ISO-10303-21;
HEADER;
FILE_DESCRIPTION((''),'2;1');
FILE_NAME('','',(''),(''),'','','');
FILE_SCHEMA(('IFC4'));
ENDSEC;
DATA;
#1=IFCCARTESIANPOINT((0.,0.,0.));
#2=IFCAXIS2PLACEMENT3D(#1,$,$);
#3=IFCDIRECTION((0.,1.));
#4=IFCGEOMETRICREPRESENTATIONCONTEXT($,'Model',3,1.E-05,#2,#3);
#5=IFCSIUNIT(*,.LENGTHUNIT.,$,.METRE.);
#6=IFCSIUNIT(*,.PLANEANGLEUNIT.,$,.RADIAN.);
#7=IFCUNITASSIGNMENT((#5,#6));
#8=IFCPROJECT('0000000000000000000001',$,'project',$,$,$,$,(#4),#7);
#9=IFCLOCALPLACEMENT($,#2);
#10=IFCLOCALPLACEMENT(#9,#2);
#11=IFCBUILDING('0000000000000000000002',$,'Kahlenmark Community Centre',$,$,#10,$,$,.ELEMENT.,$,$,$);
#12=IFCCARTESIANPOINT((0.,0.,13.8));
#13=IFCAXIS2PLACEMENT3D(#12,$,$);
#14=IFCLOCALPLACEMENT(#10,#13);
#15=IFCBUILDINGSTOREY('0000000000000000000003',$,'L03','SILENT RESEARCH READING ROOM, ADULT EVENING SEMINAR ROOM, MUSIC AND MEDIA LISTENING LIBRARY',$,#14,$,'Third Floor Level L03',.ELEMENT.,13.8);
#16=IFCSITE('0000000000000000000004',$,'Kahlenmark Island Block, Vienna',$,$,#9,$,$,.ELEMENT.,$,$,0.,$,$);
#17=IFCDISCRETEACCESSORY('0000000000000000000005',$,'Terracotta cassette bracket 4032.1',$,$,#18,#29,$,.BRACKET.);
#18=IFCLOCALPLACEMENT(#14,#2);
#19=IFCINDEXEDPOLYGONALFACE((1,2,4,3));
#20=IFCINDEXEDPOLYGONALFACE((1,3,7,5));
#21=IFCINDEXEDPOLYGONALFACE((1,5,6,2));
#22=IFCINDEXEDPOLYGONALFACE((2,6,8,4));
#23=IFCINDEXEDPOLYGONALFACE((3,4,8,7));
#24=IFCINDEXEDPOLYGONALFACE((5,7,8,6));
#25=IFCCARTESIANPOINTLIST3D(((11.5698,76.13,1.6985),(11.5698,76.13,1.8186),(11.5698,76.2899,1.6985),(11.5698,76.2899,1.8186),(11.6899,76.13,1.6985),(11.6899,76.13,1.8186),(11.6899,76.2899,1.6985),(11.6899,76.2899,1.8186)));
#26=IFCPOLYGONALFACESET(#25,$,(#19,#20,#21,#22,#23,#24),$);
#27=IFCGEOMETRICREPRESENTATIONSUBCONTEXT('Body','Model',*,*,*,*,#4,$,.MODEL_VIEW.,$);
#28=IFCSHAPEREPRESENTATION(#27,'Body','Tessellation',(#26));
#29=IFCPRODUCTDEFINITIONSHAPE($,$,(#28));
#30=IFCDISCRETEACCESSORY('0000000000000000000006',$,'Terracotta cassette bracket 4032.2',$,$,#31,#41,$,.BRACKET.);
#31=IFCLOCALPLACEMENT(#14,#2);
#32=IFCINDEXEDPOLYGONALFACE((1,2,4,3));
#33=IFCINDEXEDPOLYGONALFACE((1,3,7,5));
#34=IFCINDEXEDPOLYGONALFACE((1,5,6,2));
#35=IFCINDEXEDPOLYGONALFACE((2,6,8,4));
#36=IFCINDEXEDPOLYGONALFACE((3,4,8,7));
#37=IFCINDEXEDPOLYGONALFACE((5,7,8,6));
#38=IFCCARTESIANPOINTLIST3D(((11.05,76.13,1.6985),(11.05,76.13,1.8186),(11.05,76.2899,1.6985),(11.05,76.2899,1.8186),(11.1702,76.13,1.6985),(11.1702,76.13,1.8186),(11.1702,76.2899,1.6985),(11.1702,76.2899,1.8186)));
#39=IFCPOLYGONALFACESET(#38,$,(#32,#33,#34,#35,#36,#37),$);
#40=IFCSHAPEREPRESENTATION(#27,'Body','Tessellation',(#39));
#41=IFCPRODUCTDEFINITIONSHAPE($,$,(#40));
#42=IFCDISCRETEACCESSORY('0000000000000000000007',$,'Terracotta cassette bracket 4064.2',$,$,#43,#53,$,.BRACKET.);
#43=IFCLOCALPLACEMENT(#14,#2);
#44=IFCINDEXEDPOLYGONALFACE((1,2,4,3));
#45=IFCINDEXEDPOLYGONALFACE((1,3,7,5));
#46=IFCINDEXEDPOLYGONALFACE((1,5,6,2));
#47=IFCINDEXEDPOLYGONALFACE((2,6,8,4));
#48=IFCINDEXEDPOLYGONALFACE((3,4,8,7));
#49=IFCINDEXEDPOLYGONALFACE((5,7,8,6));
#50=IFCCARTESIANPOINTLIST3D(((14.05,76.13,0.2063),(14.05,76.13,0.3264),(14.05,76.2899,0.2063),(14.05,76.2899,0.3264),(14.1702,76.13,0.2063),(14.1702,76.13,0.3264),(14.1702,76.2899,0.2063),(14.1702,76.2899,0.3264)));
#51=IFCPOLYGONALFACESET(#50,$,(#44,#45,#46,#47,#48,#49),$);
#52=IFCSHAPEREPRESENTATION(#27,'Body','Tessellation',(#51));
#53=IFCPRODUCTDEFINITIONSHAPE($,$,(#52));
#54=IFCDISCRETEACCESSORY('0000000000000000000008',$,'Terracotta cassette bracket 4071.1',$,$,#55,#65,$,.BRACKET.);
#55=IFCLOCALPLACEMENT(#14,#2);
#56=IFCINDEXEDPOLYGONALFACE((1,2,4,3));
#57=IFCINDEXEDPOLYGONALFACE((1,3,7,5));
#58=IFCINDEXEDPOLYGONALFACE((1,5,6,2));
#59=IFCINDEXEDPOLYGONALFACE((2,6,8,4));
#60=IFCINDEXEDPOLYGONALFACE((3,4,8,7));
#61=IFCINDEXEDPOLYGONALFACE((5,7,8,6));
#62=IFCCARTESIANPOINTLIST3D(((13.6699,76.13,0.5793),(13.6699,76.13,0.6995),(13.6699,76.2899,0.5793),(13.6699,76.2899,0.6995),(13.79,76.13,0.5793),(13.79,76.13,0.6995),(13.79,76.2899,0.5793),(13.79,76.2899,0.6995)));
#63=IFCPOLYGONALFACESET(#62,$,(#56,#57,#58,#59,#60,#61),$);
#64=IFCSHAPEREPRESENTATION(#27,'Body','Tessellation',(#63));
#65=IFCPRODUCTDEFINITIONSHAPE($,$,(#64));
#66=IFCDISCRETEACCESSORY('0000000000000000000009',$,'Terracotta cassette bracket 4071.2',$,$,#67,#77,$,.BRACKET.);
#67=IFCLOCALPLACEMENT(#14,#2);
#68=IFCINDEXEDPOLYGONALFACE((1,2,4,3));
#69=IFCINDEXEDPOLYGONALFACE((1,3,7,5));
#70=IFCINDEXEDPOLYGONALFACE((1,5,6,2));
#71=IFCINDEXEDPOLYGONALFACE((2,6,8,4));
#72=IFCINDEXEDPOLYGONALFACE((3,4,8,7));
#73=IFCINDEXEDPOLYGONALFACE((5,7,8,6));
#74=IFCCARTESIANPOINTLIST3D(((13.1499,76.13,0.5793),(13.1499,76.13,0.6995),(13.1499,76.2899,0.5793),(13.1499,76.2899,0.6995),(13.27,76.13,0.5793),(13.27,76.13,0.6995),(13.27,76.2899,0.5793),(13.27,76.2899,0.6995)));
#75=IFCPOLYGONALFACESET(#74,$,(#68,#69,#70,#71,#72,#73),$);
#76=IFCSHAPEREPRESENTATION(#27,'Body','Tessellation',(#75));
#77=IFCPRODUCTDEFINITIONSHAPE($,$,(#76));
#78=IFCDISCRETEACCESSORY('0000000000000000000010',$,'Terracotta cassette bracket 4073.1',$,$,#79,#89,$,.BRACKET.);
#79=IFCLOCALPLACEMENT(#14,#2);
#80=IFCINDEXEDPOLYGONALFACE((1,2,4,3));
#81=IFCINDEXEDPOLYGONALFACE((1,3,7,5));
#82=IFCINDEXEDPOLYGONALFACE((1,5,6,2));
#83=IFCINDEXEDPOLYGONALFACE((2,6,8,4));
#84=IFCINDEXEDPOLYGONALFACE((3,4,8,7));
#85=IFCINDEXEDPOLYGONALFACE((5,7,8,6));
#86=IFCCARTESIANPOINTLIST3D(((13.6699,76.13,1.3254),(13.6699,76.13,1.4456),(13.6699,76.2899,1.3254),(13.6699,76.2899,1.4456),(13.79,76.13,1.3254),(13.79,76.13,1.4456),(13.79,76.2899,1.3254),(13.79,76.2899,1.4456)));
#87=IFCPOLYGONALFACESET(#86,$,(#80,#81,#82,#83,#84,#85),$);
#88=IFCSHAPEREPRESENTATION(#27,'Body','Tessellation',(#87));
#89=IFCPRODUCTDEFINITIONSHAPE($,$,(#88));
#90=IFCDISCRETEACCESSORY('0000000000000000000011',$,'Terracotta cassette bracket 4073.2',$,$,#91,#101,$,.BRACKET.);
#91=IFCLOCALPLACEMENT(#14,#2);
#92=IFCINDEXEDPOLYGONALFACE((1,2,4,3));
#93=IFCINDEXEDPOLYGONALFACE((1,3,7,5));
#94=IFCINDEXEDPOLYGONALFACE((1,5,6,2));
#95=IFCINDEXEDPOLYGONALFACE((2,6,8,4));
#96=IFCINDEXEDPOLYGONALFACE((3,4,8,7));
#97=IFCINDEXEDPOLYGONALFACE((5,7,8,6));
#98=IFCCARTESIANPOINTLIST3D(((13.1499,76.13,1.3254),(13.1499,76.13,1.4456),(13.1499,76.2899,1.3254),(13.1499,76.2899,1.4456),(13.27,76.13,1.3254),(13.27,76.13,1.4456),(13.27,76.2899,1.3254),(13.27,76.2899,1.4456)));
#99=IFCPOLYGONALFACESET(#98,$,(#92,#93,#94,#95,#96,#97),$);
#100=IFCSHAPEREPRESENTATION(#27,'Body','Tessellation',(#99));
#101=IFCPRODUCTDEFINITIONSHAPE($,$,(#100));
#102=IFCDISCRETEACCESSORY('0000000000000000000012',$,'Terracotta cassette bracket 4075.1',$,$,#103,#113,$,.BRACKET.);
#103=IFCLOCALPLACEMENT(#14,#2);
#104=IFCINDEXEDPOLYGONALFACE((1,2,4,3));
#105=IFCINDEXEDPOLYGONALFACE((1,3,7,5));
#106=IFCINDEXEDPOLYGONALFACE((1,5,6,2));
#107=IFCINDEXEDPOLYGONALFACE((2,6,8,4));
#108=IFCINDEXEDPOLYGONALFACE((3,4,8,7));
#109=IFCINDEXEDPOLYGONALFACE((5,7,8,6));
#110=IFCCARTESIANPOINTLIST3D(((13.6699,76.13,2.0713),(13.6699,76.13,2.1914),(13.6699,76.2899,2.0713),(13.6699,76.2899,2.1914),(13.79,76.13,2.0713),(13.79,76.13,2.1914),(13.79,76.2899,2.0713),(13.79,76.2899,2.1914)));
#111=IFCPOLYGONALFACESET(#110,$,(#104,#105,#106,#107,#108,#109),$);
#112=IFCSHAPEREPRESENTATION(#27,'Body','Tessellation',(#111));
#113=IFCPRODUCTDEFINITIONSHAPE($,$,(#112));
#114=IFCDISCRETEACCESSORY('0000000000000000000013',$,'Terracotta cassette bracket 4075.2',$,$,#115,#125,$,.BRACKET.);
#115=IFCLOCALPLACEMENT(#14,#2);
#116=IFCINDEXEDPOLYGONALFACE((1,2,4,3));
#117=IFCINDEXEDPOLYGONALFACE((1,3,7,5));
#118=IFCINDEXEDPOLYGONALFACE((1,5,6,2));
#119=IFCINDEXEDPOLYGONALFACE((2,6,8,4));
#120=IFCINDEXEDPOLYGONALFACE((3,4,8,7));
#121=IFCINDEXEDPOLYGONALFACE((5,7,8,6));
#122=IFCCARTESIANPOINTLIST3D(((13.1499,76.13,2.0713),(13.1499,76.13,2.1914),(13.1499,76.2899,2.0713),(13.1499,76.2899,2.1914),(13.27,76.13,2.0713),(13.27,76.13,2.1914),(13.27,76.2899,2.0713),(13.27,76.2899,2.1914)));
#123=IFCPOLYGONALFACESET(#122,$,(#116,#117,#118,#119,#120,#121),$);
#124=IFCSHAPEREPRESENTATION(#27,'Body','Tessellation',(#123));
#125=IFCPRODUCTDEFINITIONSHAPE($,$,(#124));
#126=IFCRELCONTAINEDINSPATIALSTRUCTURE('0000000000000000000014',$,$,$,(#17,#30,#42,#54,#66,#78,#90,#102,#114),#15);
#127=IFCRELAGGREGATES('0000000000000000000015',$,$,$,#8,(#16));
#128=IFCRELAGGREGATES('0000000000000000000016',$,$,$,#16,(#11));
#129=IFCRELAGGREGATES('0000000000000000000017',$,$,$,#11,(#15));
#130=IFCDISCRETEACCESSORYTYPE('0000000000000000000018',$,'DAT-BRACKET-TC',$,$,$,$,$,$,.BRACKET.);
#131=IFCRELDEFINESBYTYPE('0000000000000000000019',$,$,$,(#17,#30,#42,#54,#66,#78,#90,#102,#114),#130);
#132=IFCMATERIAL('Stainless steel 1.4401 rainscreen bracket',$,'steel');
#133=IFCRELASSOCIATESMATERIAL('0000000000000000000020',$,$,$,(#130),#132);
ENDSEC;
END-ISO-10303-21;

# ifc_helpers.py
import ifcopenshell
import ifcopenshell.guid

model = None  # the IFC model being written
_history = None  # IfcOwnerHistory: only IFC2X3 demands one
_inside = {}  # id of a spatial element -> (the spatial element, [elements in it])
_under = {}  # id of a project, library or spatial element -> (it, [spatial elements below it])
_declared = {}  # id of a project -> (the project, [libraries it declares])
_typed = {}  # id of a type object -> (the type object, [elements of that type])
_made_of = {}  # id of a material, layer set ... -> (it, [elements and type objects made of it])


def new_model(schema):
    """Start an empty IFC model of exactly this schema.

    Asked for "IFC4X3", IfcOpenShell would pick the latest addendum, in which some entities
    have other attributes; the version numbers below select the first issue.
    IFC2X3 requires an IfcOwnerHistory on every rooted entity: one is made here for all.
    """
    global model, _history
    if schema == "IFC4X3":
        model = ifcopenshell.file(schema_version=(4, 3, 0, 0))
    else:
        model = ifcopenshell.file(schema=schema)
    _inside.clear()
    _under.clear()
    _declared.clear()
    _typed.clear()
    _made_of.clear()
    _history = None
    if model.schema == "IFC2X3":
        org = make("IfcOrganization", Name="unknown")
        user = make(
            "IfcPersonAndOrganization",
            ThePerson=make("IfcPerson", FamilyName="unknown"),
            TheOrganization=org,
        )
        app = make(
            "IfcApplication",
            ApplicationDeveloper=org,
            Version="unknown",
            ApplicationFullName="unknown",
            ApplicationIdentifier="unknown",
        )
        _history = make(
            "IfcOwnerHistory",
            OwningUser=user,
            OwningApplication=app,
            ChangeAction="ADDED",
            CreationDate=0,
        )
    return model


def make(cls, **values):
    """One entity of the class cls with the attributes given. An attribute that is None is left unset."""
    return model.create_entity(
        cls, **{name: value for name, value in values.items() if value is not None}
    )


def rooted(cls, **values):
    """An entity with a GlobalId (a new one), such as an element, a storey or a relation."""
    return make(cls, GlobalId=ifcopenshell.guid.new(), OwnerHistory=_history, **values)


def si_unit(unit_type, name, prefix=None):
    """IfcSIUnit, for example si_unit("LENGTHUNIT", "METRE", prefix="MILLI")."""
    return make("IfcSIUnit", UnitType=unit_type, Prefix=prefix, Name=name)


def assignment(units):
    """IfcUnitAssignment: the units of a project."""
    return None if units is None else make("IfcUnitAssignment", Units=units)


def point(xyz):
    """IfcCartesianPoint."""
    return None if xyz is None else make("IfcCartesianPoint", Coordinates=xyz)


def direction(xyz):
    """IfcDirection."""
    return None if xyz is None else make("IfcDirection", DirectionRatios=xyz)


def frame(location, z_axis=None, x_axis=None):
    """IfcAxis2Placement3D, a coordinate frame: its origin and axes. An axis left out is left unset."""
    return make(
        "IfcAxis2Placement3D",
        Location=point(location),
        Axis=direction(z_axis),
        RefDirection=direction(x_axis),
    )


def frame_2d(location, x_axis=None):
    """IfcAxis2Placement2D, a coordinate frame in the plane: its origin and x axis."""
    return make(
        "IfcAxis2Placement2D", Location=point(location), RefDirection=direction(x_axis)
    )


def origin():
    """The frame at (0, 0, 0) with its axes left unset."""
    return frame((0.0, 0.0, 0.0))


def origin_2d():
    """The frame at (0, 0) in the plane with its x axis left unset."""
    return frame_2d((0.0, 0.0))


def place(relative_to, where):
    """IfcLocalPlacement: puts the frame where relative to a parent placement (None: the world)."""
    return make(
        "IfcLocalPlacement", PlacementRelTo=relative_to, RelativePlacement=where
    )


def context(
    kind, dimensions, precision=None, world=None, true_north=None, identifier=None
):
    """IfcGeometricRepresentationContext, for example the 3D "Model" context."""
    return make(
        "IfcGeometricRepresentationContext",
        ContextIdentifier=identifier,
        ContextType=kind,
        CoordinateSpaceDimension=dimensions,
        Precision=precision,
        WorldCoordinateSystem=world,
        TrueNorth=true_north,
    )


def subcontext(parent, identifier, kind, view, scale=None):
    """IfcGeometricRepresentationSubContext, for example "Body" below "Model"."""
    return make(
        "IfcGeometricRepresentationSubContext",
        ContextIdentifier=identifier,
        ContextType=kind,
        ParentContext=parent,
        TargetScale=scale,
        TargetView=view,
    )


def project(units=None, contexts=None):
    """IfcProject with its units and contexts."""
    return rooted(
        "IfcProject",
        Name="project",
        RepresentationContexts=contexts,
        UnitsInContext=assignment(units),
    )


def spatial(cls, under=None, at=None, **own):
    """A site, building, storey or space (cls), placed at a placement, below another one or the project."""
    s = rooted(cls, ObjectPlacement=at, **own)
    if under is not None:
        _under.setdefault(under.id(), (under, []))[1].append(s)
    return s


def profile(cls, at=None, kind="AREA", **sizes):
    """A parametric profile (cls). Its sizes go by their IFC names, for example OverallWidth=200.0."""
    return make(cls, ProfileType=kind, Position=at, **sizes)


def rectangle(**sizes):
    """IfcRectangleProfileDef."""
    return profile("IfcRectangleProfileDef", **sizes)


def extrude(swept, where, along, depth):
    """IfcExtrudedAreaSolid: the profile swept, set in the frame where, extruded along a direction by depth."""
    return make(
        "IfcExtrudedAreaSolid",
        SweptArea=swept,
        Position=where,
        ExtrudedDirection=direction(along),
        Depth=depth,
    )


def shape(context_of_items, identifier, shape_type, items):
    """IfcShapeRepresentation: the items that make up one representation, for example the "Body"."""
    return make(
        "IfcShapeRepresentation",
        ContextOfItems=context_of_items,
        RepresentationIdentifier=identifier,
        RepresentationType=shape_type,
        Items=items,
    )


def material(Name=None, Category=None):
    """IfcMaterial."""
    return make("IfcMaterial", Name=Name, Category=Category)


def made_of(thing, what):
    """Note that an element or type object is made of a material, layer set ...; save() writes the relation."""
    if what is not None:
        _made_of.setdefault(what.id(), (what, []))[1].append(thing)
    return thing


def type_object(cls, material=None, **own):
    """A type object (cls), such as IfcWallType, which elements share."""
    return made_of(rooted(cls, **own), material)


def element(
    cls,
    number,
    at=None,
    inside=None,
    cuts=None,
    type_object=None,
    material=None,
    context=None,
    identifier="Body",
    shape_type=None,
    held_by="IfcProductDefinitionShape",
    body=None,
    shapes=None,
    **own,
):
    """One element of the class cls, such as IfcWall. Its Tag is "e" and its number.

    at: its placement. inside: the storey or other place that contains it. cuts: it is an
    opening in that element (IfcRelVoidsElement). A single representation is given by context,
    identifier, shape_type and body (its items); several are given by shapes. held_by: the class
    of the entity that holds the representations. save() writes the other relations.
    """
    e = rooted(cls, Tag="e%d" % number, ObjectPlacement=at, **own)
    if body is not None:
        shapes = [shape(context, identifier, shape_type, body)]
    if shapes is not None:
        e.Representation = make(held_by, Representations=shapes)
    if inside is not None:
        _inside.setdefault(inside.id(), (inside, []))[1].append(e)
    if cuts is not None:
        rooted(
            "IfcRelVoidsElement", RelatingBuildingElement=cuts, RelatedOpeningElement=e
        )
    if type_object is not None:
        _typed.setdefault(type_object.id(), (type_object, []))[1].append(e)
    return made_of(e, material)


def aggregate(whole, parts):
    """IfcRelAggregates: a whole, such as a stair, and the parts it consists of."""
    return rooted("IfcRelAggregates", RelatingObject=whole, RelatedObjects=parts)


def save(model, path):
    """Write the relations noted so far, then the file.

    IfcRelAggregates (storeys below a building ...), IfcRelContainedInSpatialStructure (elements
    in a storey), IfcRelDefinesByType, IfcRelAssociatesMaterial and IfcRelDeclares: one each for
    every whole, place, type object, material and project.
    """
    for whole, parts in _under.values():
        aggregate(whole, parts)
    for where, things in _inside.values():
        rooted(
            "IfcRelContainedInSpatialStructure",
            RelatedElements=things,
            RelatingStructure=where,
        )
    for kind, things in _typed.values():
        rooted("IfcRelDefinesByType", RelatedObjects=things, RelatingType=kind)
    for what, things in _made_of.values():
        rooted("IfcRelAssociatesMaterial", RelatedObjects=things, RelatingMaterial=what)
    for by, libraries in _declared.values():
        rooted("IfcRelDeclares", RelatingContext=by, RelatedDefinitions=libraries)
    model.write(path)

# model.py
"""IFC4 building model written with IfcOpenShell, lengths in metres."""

from ifc_helpers import new_model, si_unit, direction, frame, origin, origin_2d, place, context, subcontext, project, spatial, rectangle, extrude, material, type_object, element, save


model = new_model("IFC4")

# Units and contexts
model_context = context("Model", 3, precision=1e-05, world=origin(), true_north=direction((0.0, 1.0)))
body_context = subcontext(model_context, "Body", "Model", "MODEL_VIEW")
ifc_project = project(units=[si_unit("LENGTHUNIT", "METRE"), si_unit("PLANEANGLEUNIT", "RADIAN")], contexts=[model_context])

# Site, building, storey
site_placement = place(None, origin())
site = spatial("IfcSite", under=ifc_project, at=site_placement, Name="Kahlenmark Island Block, Vienna", CompositionType="ELEMENT", RefElevation=0.0)
building_placement = place(site_placement, origin())
building = spatial("IfcBuilding", under=site, at=building_placement, Name="Kahlenmark Community Centre", CompositionType="ELEMENT")
storey_placement = place(building_placement, frame((0.0, 0.0, 13.8)))
storey = spatial("IfcBuildingStorey", under=building, at=storey_placement, Name="L03", Description="SILENT RESEARCH READING ROOM, ADULT EVENING SEMINAR ROOM, MUSIC AND MEDIA LISTENING LIBRARY", LongName="Third Floor Level L03", CompositionType="ELEMENT", Elevation=13.8)

# Discrete accessories
ifc_material_1 = material(Name="Stainless steel 1.4401 rainscreen bracket", Category="steel")
discrete_accessory_type = type_object("IfcDiscreteAccessoryType", Name="DAT-BRACKET-TC", PredefinedType="BRACKET", material=ifc_material_1)
for number, where, z_axis, x_axis, name in (
    (1, (11.6299, 76.21, 1.6985), (0.0, 0.0, 1.0), (-1.0, 0.0, 0.0), "Terracotta cassette bracket 4032.1"),
    (2, (11.1101, 76.21, 1.6985), (0.0, 0.0, 1.0), (-1.0, 0.0, 0.0), "Terracotta cassette bracket 4032.2"),
    (3, (14.1101, 76.21, 0.2063), (0.0, 0.0, 1.0), (-1.0, 0.0, 0.0), "Terracotta cassette bracket 4064.2"),
    (4, (13.73, 76.21, 0.5793), (0.0, 0.0, 1.0), (-1.0, 0.0, 0.0), "Terracotta cassette bracket 4071.1"),
    (5, (13.21, 76.21, 0.5793), (0.0, 0.0, 1.0), (-1.0, 0.0, 0.0), "Terracotta cassette bracket 4071.2"),
    (6, (13.73, 76.21, 1.3254), (0.0, 0.0, 1.0), (-1.0, 0.0, 0.0), "Terracotta cassette bracket 4073.1"),
    (7, (13.21, 76.21, 1.3254), (0.0, 0.0, 1.0), (-1.0, 0.0, 0.0), "Terracotta cassette bracket 4073.2"),
    (8, (13.73, 76.21, 2.0713), (0.0, 0.0, 1.0), (-1.0, 0.0, 0.0), "Terracotta cassette bracket 4075.1"),
    (9, (13.21, 76.21, 2.0713), (0.0, 0.0, 1.0), (-1.0, 0.0, 0.0), "Terracotta cassette bracket 4075.2"),
):
    element("IfcDiscreteAccessory", number, at=place(storey_placement, frame(where, z_axis=z_axis, x_axis=x_axis)), inside=storey, type_object=discrete_accessory_type, Name=name, PredefinedType="BRACKET", context=body_context, shape_type="SweptSolid", body=[
        extrude(rectangle(XDim=0.1201, YDim=0.1599, at=origin_2d()), origin(), (0.0, 0.0, 1.0), 0.1201),
    ])

save(model, "model.ifc")
